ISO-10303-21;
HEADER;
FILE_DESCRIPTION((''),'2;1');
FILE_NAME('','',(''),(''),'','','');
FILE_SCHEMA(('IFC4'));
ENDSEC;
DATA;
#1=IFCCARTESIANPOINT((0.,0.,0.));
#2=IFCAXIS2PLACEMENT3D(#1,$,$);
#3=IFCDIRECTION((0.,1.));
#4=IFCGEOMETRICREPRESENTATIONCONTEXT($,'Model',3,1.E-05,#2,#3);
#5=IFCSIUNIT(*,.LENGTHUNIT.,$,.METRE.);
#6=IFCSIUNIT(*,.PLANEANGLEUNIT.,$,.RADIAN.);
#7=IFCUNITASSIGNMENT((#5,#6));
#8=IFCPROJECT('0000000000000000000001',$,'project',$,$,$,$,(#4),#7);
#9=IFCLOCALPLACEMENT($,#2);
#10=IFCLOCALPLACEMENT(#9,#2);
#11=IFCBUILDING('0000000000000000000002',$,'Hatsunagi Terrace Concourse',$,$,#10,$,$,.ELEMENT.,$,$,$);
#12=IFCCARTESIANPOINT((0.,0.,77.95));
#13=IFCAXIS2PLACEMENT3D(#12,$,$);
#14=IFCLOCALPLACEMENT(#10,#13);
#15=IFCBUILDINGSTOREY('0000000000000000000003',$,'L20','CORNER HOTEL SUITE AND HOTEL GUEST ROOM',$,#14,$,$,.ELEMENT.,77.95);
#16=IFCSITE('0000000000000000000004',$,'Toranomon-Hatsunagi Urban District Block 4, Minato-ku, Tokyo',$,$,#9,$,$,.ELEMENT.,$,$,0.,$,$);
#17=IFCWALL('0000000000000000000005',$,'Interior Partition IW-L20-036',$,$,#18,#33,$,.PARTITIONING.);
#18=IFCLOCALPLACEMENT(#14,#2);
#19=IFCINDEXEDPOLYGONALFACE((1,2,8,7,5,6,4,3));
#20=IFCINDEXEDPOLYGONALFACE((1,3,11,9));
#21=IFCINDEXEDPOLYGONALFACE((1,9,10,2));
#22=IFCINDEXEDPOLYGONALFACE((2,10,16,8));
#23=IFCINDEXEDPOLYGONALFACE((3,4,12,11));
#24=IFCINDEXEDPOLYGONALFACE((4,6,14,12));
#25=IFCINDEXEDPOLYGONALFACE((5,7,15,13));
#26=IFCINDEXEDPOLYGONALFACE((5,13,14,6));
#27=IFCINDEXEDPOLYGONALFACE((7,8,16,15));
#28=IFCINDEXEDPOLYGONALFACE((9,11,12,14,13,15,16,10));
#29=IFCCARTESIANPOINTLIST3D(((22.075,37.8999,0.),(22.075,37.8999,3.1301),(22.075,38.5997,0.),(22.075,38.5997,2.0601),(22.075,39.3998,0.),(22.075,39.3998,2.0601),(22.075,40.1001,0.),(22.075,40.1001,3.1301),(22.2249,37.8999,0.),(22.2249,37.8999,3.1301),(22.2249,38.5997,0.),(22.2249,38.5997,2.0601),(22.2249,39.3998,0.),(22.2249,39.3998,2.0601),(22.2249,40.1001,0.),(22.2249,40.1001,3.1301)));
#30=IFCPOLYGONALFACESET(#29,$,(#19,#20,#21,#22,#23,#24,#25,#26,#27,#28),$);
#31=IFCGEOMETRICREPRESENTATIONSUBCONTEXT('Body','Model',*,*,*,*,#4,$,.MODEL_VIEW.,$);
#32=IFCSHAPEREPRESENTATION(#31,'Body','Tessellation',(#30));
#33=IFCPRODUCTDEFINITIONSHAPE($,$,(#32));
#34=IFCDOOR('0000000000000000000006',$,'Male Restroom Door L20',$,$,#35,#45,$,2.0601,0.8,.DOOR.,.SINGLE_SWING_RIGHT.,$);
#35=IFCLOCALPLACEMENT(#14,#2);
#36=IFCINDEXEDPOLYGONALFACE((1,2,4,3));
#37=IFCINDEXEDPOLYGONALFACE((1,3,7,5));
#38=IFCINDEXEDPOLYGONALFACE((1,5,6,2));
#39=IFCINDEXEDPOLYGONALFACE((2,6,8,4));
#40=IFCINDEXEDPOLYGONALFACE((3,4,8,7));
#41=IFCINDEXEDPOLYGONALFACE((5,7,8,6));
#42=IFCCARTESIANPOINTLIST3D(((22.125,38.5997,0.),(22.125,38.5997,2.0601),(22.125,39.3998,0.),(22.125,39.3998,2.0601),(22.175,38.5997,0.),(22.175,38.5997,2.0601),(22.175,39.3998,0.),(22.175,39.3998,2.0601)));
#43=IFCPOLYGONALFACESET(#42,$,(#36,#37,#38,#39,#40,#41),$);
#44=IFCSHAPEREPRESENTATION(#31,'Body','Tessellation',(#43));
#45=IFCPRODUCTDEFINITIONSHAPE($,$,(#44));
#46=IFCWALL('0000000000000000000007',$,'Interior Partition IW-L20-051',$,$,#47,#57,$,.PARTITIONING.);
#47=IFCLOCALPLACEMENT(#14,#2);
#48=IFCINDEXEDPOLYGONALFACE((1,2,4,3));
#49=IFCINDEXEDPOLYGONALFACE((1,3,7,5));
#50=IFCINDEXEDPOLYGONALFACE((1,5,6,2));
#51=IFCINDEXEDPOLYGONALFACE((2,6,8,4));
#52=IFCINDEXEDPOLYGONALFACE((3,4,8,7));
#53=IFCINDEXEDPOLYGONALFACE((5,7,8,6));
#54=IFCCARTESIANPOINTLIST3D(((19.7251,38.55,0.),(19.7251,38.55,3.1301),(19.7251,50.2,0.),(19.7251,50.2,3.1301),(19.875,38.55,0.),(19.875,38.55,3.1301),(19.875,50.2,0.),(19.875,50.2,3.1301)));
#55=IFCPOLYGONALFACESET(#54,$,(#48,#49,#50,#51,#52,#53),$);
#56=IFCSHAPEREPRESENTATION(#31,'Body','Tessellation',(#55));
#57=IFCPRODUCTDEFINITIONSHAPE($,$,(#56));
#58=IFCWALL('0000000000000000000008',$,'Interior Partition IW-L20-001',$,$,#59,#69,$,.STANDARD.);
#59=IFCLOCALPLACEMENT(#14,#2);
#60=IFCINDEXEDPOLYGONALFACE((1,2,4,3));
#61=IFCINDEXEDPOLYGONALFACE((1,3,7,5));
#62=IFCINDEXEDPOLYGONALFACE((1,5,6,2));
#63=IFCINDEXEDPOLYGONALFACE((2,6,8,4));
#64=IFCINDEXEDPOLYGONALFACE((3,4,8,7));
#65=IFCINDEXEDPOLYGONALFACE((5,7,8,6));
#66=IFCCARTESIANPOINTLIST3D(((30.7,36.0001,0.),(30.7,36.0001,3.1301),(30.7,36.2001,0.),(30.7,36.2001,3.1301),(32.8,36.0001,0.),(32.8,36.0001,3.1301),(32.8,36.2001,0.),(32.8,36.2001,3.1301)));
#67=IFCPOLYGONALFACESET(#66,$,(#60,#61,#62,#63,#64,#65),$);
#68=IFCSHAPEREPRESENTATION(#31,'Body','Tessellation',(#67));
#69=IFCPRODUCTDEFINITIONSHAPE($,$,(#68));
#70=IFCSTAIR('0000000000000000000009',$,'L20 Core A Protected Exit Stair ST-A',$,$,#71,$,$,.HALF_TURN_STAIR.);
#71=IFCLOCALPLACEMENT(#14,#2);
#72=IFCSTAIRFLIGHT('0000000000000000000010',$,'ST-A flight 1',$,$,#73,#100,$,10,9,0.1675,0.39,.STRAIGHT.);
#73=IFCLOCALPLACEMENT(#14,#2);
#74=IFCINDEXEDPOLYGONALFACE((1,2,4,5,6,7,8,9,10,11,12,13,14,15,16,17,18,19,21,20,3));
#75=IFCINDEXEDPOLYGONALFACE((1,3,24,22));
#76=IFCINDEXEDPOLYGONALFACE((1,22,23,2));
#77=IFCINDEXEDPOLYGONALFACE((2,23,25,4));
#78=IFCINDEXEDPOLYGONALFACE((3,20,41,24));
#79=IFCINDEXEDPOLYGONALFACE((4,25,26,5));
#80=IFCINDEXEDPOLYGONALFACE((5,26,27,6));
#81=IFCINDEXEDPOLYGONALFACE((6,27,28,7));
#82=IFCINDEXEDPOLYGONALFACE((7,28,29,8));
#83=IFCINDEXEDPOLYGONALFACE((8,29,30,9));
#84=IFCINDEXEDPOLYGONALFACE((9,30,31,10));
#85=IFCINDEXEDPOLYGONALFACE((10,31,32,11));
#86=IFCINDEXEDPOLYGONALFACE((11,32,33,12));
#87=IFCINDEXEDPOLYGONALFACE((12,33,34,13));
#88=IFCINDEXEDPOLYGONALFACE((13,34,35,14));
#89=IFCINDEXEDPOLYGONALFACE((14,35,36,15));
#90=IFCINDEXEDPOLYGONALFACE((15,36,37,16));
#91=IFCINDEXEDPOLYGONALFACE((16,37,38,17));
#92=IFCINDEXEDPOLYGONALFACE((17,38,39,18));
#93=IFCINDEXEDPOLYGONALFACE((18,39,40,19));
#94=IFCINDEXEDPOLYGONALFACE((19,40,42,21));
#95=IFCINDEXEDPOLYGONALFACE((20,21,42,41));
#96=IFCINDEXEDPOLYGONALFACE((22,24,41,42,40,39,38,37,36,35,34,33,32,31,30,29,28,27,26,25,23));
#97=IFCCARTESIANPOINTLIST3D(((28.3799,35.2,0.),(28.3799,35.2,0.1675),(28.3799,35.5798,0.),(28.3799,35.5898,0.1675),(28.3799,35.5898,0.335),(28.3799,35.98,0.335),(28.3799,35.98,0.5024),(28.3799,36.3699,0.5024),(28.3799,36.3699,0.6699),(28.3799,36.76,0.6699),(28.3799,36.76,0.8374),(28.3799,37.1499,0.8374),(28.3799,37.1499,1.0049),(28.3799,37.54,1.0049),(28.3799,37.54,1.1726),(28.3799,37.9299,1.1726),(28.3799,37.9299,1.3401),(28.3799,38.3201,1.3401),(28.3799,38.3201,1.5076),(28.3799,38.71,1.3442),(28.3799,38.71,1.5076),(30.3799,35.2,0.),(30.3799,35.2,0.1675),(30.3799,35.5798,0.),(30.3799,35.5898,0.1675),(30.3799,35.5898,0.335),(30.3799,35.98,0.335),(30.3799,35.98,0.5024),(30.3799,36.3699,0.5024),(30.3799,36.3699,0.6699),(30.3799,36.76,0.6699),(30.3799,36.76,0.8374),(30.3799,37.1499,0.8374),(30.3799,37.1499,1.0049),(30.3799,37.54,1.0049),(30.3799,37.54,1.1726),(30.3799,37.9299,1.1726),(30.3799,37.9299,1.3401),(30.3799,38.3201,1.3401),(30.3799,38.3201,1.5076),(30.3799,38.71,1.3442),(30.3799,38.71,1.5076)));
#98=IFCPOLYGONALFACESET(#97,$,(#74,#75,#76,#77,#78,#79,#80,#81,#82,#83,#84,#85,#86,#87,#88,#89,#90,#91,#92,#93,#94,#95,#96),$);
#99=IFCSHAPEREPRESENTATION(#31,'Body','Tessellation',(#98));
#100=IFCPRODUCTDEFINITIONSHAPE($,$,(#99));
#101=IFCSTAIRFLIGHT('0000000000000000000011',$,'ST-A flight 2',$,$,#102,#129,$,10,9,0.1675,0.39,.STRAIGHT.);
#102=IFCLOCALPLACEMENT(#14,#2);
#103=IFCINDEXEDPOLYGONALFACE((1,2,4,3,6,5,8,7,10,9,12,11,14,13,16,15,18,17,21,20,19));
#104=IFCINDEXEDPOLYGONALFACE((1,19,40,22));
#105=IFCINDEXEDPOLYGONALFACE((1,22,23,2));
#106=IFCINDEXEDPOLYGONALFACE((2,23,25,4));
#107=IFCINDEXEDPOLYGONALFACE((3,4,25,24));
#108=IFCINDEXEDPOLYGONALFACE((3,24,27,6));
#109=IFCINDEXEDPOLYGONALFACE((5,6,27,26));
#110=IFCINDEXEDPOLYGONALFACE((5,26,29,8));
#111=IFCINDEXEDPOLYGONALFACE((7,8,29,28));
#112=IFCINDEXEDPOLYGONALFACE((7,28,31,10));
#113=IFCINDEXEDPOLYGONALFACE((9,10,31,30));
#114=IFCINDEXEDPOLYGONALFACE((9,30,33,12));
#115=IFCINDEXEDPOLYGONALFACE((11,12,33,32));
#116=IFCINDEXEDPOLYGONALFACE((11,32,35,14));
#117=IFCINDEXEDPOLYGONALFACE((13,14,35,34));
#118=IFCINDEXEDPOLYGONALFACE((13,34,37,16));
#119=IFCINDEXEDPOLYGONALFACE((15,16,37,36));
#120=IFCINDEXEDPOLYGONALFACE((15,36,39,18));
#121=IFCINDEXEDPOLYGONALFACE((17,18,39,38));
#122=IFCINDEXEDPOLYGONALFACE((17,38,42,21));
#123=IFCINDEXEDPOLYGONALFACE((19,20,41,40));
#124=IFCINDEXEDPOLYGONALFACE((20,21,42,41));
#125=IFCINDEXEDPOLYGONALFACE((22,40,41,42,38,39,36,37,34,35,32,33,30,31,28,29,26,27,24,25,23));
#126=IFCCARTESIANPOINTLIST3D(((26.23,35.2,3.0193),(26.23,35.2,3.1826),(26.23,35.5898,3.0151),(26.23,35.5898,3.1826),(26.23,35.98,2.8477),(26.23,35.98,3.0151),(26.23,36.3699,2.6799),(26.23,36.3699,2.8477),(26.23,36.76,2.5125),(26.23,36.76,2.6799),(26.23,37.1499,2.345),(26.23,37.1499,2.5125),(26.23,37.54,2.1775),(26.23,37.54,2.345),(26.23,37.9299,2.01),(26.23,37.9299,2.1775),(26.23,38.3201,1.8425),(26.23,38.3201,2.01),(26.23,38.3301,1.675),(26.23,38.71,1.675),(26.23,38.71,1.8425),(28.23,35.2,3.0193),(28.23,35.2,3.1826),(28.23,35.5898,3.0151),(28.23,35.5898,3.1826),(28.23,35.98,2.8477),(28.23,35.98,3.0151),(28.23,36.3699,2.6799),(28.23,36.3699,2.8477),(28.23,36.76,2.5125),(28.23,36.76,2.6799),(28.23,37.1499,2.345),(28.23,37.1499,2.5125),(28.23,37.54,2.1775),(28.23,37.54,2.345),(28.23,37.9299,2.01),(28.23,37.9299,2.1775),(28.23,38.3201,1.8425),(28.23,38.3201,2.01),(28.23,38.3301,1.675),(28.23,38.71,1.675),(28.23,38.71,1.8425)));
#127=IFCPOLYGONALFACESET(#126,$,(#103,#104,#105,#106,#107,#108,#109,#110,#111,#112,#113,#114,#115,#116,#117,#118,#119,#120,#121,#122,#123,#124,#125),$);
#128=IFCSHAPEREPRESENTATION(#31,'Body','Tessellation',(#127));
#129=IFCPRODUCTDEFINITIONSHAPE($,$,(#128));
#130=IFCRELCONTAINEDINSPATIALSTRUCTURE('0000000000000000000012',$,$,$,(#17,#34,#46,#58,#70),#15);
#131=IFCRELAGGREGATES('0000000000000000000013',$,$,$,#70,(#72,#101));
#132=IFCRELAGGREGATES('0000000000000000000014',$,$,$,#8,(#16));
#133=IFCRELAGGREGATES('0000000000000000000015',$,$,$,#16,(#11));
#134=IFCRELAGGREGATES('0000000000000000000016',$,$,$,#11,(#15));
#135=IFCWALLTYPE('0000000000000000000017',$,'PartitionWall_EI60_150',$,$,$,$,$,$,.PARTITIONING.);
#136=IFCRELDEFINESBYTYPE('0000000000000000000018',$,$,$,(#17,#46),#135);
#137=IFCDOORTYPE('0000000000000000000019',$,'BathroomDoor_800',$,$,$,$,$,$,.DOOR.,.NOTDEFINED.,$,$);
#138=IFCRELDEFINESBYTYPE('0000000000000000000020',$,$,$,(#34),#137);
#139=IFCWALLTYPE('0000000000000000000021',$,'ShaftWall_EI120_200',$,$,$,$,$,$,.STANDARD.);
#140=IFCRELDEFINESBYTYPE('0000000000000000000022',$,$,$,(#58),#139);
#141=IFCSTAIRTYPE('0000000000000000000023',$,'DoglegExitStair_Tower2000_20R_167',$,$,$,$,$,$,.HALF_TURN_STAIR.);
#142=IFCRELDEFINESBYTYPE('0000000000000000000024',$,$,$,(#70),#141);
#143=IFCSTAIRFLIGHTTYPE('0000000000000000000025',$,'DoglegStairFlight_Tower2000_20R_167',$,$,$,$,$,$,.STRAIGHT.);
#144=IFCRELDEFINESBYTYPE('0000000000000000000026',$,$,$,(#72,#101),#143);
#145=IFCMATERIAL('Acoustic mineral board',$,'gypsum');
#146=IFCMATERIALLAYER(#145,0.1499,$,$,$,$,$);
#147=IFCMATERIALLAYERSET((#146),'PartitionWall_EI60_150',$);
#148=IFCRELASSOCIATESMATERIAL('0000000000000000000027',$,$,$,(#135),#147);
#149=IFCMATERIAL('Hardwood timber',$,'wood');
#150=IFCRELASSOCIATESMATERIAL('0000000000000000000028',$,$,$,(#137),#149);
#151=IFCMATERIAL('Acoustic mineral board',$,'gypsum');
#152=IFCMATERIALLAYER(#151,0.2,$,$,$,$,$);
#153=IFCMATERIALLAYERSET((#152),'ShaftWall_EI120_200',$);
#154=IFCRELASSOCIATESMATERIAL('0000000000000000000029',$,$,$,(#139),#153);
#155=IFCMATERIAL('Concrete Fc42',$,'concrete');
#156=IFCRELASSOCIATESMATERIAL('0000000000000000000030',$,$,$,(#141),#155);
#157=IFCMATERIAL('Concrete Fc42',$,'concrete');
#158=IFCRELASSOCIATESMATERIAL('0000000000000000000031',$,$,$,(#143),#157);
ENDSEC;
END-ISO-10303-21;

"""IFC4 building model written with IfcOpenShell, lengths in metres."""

from ifc_helpers import new_model, si_unit, direction, frame, frame_2d, origin, place, context, subcontext, project, spatial, polyline, rectangle, outline, extrude, material, layer, layer_set, type_object, element, fill, aggregate, save


model = new_model("IFC4")

# Units and contexts
model_context = context("Model", 3, precision=1e-05, world=origin(), true_north=direction((0.0, 1.0)))
body_context = subcontext(model_context, "Body", "Model", "MODEL_VIEW")
ifc_project = project(units=[si_unit("LENGTHUNIT", "METRE"), si_unit("PLANEANGLEUNIT", "RADIAN")], contexts=[model_context])

# Site, building, storey
site_placement = place(None, origin())
site = spatial("IfcSite", under=ifc_project, at=site_placement, Name="Toranomon-Hatsunagi Urban District Block 4, Minato-ku, Tokyo", CompositionType="ELEMENT", RefElevation=0.0)
building_placement = place(site_placement, origin())
building = spatial("IfcBuilding", under=site, at=building_placement, Name="Hatsunagi Terrace Concourse", CompositionType="ELEMENT")
storey_placement = place(building_placement, frame((0.0, 0.0, 77.95)))
storey = spatial("IfcBuildingStorey", under=building, at=storey_placement, Name="L20", Description="CORNER HOTEL SUITE AND HOTEL GUEST ROOM", CompositionType="ELEMENT", Elevation=77.95)

# Shared definitions
ifc_material_1 = material(Name="Acoustic mineral board", Category="gypsum")
ifc_layer_1 = layer(ifc_material_1, 0.1499)
ifc_layer_set_1 = layer_set([ifc_layer_1], Name="PartitionWall_EI60_150")
wall_type_1 = type_object("IfcWallType", Name="PartitionWall_EI60_150", PredefinedType="PARTITIONING", material=ifc_layer_set_1)

# Wall, opening, door
ifc_material_2 = material(Name="Hardwood timber", Category="wood")
door_type = type_object("IfcDoorType", Name="BathroomDoor_800", OperationType="NOTDEFINED", PredefinedType="DOOR", material=ifc_material_2)
wall_1_placement = place(storey_placement, frame((22.1499, 37.8999, 0.0), z_axis=(0.0, 0.0, 1.0), x_axis=(0.0, 1.0, 0.0)))
wall_1 = element("IfcWall", 1, at=wall_1_placement, inside=storey, type_object=wall_type_1, Name="Interior Partition IW-L20-036", PredefinedType="PARTITIONING", context=body_context, shape_type="SweptSolid", body=[
    extrude(rectangle(XDim=2.2002, YDim=0.1499, at=frame_2d((1.1001, 0.0))), origin(), (0.0, 0.0, 1.0), 3.1301),
])
opening_1_placement = place(wall_1_placement, frame((0.7, 0.0, 0.0)))
opening_1 = element("IfcOpeningElement", 2, at=opening_1_placement, cuts=wall_1, PredefinedType="OPENING", context=body_context, shape_type="SweptSolid", body=[
    extrude(rectangle(XDim=0.8, YDim=2.0601, at=frame_2d((0.3999, 1.03))), frame((0.0, 0.085, 0.0), z_axis=(0.0, -1.0, 0.0), x_axis=(1.0, 0.0, 0.0)), (0.0, 0.0, 1.0), 0.1699),
])
door_1_placement = place(opening_1_placement, origin())
door_1 = element("IfcDoor", 3, at=door_1_placement, inside=storey, type_object=door_type, Name="Male Restroom Door L20", OperationType="SINGLE_SWING_RIGHT", OverallHeight=2.0601, OverallWidth=0.8, PredefinedType="DOOR", context=body_context, shape_type="SweptSolid", body=[
    extrude(rectangle(XDim=0.8, YDim=2.0601, at=frame_2d((0.3999, 1.03))), frame((0.0, 0.0249, 0.0), z_axis=(0.0, -1.0, 0.0), x_axis=(1.0, 0.0, 0.0)), (0.0, 0.0, 1.0), 0.05),
])
fill(opening_1, door_1)

# Walls
wall_2_placement = place(storey_placement, frame((19.8, 38.55, 0.0), z_axis=(0.0, 0.0, 1.0), x_axis=(0.0, 1.0, 0.0)))
element("IfcWall", 4, at=wall_2_placement, inside=storey, type_object=wall_type_1, Name="Interior Partition IW-L20-051", PredefinedType="PARTITIONING", context=body_context, shape_type="SweptSolid", body=[
    extrude(rectangle(XDim=11.6499, YDim=0.1499, at=frame_2d((5.825, 0.0))), origin(), (0.0, 0.0, 1.0), 3.1301),
])
ifc_material_3 = material(Name="Acoustic mineral board", Category="gypsum")
ifc_layer_2 = layer(ifc_material_3, 0.2)
ifc_layer_set_2 = layer_set([ifc_layer_2], Name="ShaftWall_EI120_200")
wall_type_2 = type_object("IfcWallType", Name="ShaftWall_EI120_200", PredefinedType="STANDARD", material=ifc_layer_set_2)
wall_3_placement = place(storey_placement, frame((30.7, 36.1001, 0.0), z_axis=(0.0, 0.0, 1.0), x_axis=(1.0, 0.0, 0.0)))
element("IfcWall", 5, at=wall_3_placement, inside=storey, type_object=wall_type_2, Name="Interior Partition IW-L20-001", PredefinedType="STANDARD", context=body_context, shape_type="SweptSolid", body=[
    extrude(rectangle(XDim=2.1001, YDim=0.2, at=frame_2d((1.05, 0.0))), origin(), (0.0, 0.0, 1.0), 3.1301),
])

# Stair, stair flights
ifc_material_4 = material(Name="Concrete Fc42", Category="concrete")
stair_type = type_object("IfcStairType", Name="DoglegExitStair_Tower2000_20R_167", PredefinedType="HALF_TURN_STAIR", material=ifc_material_4)
stair_placement = place(storey_placement, origin())
stair = element("IfcStair", 6, at=stair_placement, inside=storey, type_object=stair_type, Name="L20 Core A Protected Exit Stair ST-A", PredefinedType="HALF_TURN_STAIR")
ifc_material_5 = material(Name="Concrete Fc42", Category="concrete")
stair_flight_type = type_object("IfcStairFlightType", Name="DoglegStairFlight_Tower2000_20R_167", PredefinedType="STRAIGHT", material=ifc_material_5)
stair_flight_1_placement = place(storey_placement, frame((29.3799, 35.2, 0.0), z_axis=(0.0, 0.0, 1.0), x_axis=(0.0, 1.0, 0.0)))
stair_flight_1 = element("IfcStairFlight", 7, at=stair_flight_1_placement, type_object=stair_flight_type, Name="ST-A flight 1", NumberOfRisers=10, NumberOfTreads=9, PredefinedType="STRAIGHT", RiserHeight=0.1675, TreadLength=0.39, context=body_context, shape_type="SweptSolid", body=[
    extrude(outline(polyline([(0.0, 0.0), (0.0, 0.1675), (0.3899, 0.1675), (0.3899, 0.335), (0.78, 0.335), (0.78, 0.5024), (1.1699, 0.5024), (1.1699, 0.6699), (1.5601, 0.6699), (1.5601, 0.8374), (1.95, 0.8374), (1.95, 1.0049), (2.3401, 1.0049), (2.3401, 1.1726), (2.73, 1.1726), (2.73, 1.3401), (3.1201, 1.3401), (3.1201, 1.5076), (3.51, 1.5076), (3.51, 1.675), (3.51, 1.3442), (0.3799, 0.0), (0.0, 0.0)])), frame((0.0, 1.0, 0.0), z_axis=(0.0, -1.0, 0.0), x_axis=(1.0, 0.0, 0.0)), (0.0, 0.0, 1.0), 2.0),
])
stair_flight_2_placement = place(storey_placement, frame((27.23, 38.71, 1.675), z_axis=(0.0, 0.0, 1.0), x_axis=(0.0, -1.0, 0.0)))
stair_flight_2 = element("IfcStairFlight", 8, at=stair_flight_2_placement, type_object=stair_flight_type, Name="ST-A flight 2", NumberOfRisers=10, NumberOfTreads=9, PredefinedType="STRAIGHT", RiserHeight=0.1675, TreadLength=0.39, context=body_context, shape_type="SweptSolid", body=[
    extrude(outline(polyline([(0.0, 0.0), (0.0, 0.1675), (0.3899, 0.1675), (0.3899, 0.335), (0.78, 0.335), (0.78, 0.5024), (1.1699, 0.5024), (1.1699, 0.6699), (1.5601, 0.6699), (1.5601, 0.8374), (1.95, 0.8374), (1.95, 1.0049), (2.3401, 1.0049), (2.3401, 1.1726), (2.73, 1.1726), (2.73, 1.3401), (3.1201, 1.3401), (3.1201, 1.5076), (3.51, 1.5076), (3.51, 1.675), (3.51, 1.3442), (0.3799, 0.0), (0.0, 0.0)])), frame((0.0, 1.0, 0.0), z_axis=(0.0, -1.0, 0.0), x_axis=(1.0, 0.0, 0.0)), (0.0, 0.0, 1.0), 2.0),
])
aggregate(stair, [stair_flight_1, stair_flight_2])

save(model, "model.ifc")
